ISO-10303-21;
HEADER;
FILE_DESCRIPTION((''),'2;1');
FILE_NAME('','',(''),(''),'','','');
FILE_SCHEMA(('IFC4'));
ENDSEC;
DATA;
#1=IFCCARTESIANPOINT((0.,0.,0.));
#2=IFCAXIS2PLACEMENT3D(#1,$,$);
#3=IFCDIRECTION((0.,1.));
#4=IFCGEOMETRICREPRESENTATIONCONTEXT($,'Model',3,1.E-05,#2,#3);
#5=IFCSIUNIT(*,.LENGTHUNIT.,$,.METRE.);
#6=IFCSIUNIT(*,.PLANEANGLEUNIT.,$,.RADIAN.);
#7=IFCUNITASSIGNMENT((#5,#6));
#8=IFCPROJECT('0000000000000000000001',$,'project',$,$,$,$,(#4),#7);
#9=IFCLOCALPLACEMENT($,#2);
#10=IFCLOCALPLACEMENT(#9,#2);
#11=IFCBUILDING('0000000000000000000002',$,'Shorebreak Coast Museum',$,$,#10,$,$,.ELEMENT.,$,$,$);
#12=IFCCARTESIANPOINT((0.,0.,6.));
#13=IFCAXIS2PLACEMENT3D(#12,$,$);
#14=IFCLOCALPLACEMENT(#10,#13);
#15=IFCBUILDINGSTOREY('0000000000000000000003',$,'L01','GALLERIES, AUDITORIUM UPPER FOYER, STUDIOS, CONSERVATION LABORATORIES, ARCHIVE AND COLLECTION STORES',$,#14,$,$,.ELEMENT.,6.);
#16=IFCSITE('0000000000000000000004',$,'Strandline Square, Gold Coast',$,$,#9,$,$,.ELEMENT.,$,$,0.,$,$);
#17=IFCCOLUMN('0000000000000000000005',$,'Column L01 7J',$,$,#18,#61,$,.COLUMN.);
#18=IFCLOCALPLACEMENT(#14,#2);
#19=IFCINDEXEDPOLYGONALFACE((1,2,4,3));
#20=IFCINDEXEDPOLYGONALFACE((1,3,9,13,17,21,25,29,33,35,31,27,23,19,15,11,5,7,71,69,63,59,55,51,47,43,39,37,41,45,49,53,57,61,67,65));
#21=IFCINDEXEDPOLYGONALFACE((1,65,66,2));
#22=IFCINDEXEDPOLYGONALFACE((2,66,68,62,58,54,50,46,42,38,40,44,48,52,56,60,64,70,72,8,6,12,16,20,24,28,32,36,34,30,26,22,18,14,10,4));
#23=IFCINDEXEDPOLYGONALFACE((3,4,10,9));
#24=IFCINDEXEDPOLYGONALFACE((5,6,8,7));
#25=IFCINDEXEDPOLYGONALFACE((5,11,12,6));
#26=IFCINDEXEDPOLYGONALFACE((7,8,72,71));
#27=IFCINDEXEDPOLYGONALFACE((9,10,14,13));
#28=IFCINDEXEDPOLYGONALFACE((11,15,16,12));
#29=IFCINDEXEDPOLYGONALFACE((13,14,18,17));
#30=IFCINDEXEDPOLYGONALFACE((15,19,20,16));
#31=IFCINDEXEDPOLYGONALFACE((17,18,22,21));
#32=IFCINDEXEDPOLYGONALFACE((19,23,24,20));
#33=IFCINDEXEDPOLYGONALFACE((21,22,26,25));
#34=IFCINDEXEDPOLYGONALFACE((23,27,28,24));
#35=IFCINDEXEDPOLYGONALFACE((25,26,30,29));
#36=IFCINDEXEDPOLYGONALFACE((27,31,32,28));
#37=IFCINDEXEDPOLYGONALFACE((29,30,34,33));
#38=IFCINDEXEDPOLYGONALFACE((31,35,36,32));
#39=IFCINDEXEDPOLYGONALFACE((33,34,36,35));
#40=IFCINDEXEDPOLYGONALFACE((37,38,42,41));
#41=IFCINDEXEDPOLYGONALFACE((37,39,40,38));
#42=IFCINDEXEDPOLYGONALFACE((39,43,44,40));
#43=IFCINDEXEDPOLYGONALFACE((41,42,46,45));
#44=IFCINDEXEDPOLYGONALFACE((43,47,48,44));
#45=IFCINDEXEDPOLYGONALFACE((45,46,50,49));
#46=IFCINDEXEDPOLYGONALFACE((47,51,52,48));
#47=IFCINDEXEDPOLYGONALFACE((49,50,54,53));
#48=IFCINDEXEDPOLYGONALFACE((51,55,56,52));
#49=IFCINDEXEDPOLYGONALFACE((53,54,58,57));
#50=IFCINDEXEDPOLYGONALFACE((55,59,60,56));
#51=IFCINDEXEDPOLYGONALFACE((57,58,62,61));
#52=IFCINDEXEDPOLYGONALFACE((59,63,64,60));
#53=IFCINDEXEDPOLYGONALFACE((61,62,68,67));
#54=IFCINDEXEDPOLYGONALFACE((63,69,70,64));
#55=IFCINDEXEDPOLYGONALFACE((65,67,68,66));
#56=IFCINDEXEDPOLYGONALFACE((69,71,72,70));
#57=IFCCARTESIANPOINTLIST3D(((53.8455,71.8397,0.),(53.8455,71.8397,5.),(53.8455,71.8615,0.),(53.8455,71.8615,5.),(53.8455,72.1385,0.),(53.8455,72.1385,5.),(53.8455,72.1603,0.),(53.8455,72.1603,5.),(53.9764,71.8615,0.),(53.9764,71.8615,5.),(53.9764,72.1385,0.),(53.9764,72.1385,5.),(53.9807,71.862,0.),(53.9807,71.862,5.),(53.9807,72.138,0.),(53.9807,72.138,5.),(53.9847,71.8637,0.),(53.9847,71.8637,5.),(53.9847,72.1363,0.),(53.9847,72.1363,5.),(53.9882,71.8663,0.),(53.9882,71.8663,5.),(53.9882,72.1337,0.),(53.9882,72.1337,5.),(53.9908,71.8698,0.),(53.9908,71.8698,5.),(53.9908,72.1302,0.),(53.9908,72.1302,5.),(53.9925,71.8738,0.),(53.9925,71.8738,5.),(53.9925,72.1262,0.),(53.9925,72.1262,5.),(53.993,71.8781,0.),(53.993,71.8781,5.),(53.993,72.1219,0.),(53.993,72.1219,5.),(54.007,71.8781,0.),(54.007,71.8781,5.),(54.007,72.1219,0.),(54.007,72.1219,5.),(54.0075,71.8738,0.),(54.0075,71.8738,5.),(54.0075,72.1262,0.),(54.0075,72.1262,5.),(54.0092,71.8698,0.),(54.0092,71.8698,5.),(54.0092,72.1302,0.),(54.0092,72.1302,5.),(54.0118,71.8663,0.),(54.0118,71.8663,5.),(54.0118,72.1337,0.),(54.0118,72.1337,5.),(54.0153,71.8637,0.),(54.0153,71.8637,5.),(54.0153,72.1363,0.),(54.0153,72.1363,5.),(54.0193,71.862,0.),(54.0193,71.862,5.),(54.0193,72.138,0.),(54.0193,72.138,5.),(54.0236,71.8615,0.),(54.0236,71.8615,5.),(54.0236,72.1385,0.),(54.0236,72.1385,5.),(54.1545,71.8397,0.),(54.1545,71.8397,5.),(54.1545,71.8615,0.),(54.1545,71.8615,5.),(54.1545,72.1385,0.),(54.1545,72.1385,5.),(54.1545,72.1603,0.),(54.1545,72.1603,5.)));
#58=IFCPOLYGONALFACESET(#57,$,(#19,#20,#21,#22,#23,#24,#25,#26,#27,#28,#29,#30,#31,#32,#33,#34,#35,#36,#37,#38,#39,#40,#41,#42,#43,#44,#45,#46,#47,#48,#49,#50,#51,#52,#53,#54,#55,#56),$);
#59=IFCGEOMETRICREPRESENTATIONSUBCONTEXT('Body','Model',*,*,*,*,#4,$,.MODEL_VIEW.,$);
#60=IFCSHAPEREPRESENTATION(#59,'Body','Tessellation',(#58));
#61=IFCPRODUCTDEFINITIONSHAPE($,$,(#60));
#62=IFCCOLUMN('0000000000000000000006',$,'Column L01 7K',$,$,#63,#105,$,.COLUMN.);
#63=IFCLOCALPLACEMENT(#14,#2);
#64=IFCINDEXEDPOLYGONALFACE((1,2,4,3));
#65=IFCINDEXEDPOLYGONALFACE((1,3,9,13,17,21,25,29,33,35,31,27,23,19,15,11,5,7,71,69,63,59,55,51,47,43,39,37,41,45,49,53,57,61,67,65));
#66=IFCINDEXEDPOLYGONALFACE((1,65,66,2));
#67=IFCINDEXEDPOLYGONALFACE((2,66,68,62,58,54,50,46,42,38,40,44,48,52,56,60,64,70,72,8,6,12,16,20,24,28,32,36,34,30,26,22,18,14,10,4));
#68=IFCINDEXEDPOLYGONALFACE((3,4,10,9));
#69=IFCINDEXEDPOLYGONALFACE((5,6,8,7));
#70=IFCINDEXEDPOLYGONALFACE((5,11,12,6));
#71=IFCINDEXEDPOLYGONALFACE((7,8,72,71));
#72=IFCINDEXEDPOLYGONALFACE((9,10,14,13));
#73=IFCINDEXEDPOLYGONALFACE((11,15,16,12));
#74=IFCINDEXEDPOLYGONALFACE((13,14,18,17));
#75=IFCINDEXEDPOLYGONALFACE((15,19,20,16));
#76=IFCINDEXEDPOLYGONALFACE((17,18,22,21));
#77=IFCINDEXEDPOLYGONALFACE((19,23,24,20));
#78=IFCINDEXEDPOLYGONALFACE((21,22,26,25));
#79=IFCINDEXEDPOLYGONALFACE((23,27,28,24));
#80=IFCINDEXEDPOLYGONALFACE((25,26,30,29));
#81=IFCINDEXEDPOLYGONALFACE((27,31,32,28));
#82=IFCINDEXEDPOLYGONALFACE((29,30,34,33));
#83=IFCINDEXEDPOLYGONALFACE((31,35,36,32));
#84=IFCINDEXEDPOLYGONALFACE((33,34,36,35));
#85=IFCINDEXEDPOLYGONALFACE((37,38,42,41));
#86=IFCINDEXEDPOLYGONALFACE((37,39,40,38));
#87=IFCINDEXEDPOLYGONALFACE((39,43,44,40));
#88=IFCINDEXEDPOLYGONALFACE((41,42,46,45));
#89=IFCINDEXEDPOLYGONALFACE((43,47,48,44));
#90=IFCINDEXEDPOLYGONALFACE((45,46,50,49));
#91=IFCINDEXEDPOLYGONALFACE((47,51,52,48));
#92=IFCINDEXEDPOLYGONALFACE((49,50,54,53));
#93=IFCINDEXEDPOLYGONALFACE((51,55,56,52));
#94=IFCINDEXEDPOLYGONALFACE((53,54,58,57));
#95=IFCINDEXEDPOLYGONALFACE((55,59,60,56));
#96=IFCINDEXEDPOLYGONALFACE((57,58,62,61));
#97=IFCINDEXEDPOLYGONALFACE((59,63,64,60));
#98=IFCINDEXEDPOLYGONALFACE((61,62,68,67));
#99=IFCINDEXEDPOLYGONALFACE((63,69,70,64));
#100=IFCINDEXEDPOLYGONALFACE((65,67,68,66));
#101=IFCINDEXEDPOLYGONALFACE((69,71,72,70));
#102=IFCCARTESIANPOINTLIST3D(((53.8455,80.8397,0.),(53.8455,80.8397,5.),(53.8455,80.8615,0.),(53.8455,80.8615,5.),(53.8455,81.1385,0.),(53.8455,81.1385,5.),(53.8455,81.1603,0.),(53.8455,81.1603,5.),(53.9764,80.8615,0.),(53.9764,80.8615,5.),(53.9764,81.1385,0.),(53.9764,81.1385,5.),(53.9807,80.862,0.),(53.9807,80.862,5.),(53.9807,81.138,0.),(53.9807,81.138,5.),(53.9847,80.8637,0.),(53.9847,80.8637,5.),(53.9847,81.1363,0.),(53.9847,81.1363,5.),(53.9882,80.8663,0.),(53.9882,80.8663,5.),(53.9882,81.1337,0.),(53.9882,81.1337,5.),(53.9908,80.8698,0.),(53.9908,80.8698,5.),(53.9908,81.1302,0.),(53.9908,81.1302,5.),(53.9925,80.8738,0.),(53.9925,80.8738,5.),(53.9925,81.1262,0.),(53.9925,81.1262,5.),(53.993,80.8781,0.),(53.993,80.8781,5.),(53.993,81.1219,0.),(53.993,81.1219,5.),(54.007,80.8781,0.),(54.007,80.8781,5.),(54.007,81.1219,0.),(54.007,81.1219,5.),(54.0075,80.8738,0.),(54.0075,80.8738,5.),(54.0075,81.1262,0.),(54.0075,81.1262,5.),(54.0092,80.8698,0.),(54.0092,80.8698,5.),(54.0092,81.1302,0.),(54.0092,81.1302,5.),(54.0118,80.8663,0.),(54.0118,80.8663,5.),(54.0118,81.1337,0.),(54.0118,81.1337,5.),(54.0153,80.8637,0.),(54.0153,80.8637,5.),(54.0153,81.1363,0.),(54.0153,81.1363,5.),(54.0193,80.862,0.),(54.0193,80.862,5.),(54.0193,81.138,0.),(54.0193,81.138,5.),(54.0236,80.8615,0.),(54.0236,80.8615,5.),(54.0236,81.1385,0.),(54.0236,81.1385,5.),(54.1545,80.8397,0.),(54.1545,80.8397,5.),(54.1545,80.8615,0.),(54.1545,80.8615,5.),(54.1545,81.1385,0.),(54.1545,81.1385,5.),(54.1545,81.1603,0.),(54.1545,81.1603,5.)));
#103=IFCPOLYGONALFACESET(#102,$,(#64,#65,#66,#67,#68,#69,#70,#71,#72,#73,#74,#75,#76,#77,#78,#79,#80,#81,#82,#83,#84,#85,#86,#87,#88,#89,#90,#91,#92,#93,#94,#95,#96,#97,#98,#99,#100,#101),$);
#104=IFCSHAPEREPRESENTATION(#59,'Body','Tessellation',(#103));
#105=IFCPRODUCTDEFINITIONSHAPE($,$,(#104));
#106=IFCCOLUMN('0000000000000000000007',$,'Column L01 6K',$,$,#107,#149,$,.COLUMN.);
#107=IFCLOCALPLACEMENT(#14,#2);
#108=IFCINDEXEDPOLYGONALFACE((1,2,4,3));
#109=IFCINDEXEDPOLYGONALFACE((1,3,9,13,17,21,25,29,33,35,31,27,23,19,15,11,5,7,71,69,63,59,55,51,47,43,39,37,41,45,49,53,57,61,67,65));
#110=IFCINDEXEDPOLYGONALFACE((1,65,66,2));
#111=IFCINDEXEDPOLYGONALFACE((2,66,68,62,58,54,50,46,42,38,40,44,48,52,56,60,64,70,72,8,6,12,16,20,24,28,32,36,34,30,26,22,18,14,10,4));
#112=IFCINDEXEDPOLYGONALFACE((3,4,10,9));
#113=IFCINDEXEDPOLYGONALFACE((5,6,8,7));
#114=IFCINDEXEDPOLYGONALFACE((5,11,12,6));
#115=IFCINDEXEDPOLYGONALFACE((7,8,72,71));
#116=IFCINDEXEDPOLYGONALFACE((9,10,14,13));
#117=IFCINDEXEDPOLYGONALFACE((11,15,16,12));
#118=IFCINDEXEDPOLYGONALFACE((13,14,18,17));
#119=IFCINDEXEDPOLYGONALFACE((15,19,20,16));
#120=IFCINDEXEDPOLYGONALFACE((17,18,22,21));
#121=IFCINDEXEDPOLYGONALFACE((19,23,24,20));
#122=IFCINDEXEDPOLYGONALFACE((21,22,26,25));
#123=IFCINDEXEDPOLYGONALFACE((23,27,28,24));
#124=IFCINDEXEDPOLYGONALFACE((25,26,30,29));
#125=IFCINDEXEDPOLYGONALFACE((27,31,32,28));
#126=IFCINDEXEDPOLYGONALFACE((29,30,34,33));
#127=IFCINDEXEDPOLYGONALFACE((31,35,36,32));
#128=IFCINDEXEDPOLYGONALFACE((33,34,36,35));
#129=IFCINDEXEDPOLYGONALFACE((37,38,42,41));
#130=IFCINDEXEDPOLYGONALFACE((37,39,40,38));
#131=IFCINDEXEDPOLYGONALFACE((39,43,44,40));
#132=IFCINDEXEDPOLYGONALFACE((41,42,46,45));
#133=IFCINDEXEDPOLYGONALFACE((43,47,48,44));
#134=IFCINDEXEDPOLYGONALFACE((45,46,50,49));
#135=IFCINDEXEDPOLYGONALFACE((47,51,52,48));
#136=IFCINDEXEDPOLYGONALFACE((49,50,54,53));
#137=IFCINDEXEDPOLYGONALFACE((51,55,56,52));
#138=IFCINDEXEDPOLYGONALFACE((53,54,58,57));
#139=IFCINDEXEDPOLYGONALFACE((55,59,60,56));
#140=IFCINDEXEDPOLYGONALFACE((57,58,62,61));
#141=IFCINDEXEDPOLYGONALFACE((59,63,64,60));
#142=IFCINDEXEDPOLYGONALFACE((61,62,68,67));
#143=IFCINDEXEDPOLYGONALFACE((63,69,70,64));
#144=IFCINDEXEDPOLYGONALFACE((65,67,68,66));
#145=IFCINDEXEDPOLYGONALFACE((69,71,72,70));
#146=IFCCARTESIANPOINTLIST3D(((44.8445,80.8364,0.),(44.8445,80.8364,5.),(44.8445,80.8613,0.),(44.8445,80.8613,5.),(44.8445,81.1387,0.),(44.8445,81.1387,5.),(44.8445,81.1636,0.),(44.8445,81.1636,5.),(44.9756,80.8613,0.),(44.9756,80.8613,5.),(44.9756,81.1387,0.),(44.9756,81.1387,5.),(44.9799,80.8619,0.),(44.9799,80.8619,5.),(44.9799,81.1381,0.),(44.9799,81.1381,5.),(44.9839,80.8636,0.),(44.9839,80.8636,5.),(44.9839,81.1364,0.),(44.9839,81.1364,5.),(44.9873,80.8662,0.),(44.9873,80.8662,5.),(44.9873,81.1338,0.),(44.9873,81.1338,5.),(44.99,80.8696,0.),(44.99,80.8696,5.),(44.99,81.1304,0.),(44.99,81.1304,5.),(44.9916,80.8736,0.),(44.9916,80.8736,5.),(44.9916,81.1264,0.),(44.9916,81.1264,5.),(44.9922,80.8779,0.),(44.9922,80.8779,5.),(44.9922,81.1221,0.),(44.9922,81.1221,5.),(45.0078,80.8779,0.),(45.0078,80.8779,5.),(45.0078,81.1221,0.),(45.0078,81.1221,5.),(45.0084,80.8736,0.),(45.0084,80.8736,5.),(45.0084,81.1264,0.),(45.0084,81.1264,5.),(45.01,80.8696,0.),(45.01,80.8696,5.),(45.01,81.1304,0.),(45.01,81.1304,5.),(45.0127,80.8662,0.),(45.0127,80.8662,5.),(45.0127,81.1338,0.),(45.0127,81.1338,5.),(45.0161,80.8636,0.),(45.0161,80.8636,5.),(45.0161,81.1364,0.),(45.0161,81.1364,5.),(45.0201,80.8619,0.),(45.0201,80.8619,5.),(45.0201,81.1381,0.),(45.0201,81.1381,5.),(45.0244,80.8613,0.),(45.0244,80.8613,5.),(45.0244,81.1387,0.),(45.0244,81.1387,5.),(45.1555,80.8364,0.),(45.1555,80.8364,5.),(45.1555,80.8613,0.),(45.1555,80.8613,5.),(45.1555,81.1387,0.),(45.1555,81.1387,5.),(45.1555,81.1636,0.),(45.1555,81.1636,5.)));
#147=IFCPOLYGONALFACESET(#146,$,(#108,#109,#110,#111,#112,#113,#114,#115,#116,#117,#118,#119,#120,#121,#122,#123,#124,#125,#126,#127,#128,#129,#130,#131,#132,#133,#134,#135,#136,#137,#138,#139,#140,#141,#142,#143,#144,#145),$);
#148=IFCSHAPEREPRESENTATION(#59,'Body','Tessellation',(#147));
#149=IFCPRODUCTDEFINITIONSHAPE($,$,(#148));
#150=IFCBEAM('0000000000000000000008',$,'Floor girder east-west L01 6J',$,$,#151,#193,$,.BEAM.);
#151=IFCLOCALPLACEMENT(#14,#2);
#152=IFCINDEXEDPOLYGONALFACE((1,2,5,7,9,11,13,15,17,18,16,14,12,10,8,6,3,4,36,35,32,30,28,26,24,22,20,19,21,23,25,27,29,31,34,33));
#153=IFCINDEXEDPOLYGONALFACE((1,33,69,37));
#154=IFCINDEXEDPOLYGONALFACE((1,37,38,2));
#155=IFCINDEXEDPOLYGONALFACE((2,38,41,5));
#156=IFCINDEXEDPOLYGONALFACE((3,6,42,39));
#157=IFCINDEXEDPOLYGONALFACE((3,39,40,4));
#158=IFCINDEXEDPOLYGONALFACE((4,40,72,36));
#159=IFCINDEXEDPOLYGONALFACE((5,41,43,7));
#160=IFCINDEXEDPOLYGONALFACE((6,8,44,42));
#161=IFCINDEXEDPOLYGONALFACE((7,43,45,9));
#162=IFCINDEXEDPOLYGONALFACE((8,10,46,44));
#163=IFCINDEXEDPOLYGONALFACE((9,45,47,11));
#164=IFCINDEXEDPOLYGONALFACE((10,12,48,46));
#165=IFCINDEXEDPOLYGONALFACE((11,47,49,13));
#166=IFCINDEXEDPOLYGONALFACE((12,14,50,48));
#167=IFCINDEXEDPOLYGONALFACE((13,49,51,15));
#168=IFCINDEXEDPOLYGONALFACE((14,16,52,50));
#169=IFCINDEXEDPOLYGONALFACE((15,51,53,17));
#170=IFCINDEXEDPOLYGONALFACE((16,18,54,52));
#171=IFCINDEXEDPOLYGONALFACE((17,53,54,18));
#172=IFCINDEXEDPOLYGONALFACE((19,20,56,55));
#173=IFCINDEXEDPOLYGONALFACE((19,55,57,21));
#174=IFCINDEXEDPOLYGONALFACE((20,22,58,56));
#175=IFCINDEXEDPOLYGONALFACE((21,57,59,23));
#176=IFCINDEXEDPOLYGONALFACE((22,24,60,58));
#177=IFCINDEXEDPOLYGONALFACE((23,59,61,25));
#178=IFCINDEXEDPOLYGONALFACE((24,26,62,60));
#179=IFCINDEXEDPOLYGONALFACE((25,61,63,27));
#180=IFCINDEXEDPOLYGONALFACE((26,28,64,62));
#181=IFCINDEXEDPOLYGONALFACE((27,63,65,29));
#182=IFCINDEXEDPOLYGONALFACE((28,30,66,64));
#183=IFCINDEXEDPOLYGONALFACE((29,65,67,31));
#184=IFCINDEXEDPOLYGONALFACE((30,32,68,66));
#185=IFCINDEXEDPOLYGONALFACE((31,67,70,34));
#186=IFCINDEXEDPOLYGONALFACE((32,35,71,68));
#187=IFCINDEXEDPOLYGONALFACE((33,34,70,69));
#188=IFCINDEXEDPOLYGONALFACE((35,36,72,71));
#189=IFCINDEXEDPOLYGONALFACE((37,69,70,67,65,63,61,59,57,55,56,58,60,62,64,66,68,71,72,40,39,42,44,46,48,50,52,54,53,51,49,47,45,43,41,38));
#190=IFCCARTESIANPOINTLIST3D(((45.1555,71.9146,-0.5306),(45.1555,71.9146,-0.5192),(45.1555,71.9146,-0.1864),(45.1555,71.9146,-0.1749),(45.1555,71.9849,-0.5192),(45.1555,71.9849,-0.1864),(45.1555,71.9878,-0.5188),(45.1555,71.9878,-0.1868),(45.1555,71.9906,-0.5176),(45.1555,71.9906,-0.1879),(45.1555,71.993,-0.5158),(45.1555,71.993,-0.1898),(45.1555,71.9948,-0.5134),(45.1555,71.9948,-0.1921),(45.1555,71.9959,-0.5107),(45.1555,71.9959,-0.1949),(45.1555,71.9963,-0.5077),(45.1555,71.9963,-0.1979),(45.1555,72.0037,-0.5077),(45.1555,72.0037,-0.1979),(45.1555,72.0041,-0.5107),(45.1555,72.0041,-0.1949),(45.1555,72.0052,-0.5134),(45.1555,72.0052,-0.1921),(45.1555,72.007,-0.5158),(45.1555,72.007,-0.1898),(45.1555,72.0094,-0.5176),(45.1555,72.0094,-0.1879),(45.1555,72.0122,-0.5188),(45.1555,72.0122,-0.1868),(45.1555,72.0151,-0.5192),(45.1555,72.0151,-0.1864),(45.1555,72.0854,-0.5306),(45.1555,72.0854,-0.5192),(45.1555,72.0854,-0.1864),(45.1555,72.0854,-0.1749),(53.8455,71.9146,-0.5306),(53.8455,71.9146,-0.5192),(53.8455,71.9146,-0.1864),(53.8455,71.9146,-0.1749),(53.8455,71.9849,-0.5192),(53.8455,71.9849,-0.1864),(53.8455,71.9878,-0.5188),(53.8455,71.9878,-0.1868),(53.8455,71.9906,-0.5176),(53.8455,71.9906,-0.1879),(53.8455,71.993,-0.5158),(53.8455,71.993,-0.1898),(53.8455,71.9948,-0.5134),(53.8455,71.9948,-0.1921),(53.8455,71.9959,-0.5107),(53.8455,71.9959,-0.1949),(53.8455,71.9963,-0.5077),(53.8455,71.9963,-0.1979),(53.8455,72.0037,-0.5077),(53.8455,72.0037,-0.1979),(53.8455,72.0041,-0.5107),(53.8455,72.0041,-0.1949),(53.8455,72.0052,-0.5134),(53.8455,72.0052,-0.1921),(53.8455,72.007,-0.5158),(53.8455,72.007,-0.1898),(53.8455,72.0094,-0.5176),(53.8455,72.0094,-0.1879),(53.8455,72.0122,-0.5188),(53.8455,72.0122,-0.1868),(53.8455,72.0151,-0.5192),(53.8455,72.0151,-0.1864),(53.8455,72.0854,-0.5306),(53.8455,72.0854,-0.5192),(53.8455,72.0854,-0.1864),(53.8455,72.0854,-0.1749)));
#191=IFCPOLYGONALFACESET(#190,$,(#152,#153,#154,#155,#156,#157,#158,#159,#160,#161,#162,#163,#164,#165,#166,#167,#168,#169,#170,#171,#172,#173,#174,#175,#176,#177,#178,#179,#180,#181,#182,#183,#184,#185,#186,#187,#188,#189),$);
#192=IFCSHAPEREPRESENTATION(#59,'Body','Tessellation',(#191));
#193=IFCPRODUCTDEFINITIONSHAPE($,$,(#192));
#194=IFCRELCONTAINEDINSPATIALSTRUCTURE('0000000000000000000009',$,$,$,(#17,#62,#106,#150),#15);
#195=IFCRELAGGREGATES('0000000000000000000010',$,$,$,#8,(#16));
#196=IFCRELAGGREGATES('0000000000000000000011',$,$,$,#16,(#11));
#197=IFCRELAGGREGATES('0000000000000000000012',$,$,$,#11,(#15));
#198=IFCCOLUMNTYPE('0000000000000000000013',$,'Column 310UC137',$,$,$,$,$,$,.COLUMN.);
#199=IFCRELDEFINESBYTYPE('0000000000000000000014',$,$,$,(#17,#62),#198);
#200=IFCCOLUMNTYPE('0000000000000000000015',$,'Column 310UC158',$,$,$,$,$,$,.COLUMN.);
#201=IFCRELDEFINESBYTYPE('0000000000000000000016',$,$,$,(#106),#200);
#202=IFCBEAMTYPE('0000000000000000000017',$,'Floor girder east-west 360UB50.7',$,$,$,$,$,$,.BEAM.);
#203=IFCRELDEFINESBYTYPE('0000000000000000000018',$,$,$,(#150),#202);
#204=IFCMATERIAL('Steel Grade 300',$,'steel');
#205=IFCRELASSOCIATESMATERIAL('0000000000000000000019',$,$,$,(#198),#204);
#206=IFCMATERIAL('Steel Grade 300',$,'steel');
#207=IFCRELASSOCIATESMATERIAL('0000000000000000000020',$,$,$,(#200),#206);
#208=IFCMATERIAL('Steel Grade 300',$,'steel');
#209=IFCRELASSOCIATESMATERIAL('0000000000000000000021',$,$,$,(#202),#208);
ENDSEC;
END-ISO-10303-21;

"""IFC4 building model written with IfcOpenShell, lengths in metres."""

from ifc_helpers import new_model, si_unit, direction, frame, origin, origin_2d, place, context, subcontext, project, spatial, i_section, extrude, material, material_profile, profile_set, type_object, element, save


model = new_model("IFC4")

# Units and contexts
model_context = context("Model", 3, precision=1e-05, world=origin(), true_north=direction((0.0, 1.0)))
body_context = subcontext(model_context, "Body", "Model", "MODEL_VIEW")
ifc_project = project(units=[si_unit("LENGTHUNIT", "METRE"), si_unit("PLANEANGLEUNIT", "RADIAN")], contexts=[model_context])

# Site, building, storey
site_placement = place(None, origin())
site = spatial("IfcSite", under=ifc_project, at=site_placement, Name="Strandline Square, Gold Coast", CompositionType="ELEMENT", RefElevation=0.0)
building_placement = place(site_placement, origin())
building = spatial("IfcBuilding", under=site, at=building_placement, Name="Shorebreak Coast Museum", CompositionType="ELEMENT")
storey_placement = place(building_placement, frame((0.0, 0.0, 6.0)))
storey = spatial("IfcBuildingStorey", under=building, at=storey_placement, Name="L01", Description="GALLERIES, AUDITORIUM UPPER FOYER, STUDIOS, CONSERVATION LABORATORIES, ARCHIVE AND COLLECTION STORES", CompositionType="ELEMENT", Elevation=6.0)

# Columns
ifc_material_1 = material(Name="Steel Grade 300", Category="steel")
ifc_material_profile_1 = material_profile(ifc_material_1, i_section(OverallWidth=0.3091, OverallDepth=0.3206, WebThickness=0.0139, FlangeThickness=0.0217, FilletRadius=0.0166, at=origin_2d()), Name="310UC137")
ifc_profile_set_1 = profile_set([ifc_material_profile_1], Name="Steel Grade 300")
column_type_1 = type_object("IfcColumnType", Name="Column 310UC137", PredefinedType="COLUMN", material=ifc_profile_set_1)
for number, where, z_axis, x_axis, name in (
    (1, (54.0, 72.0, 0.0), (0.0, 0.0, 1.0), (1.0, 0.0, 0.0), "Column L01 7J"),
    (2, (54.0, 81.0, 0.0), (0.0, 0.0, 1.0), (1.0, 0.0, 0.0), "Column L01 7K"),
):
    element("IfcColumn", number, at=place(storey_placement, frame(where, z_axis=z_axis, x_axis=x_axis)), inside=storey, type_object=column_type_1, Name=name, PredefinedType="COLUMN", context=body_context, shape_type="SweptSolid", body=[
        extrude(i_section(OverallWidth=0.3091, OverallDepth=0.3206, WebThickness=0.0139, FlangeThickness=0.0217, FilletRadius=0.0166, at=origin_2d()), origin(), (0.0, 0.0, 1.0), 5.0),
    ])
ifc_material_2 = material(Name="Steel Grade 300", Category="steel")
ifc_material_profile_2 = material_profile(ifc_material_2, i_section(OverallWidth=0.311, OverallDepth=0.3271, WebThickness=0.0156, FlangeThickness=0.0249, FilletRadius=0.0166, at=origin_2d()), Name="310UC158")
ifc_profile_set_2 = profile_set([ifc_material_profile_2], Name="Steel Grade 300")
column_type_2 = type_object("IfcColumnType", Name="Column 310UC158", PredefinedType="COLUMN", material=ifc_profile_set_2)
column_placement = place(storey_placement, frame((45.0, 81.0, 0.0), z_axis=(0.0, 0.0, 1.0), x_axis=(1.0, 0.0, 0.0)))
element("IfcColumn", 3, at=column_placement, inside=storey, type_object=column_type_2, Name="Column L01 6K", PredefinedType="COLUMN", context=body_context, shape_type="SweptSolid", body=[
    extrude(i_section(OverallWidth=0.311, OverallDepth=0.3271, WebThickness=0.0156, FlangeThickness=0.0249, FilletRadius=0.0166, at=origin_2d()), origin(), (0.0, 0.0, 1.0), 5.0),
])

# Beam
ifc_material_3 = material(Name="Steel Grade 300", Category="steel")
ifc_material_profile_3 = material_profile(ifc_material_3, i_section(OverallWidth=0.1709, OverallDepth=0.3557, WebThickness=0.0073, FlangeThickness=0.0115, FilletRadius=0.0115, at=origin_2d()), Name="360UB50.7")
ifc_profile_set_3 = profile_set([ifc_material_profile_3], Name="Steel Grade 300")
beam_type_1 = type_object("IfcBeamType", Name="Floor girder east-west 360UB50.7", PredefinedType="BEAM", material=ifc_profile_set_3)
for number, where, z_axis, x_axis, name in (
    (4, (45.1555, 72.0, -0.3528), (1.0, 0.0, 0.0), (0.0, 1.0, 0.0), "Floor girder east-west L01 6J"),
):
    element("IfcBeam", number, at=place(storey_placement, frame(where, z_axis=z_axis, x_axis=x_axis)), inside=storey, type_object=beam_type_1, Name=name, PredefinedType="BEAM", context=body_context, shape_type="SweptSolid", body=[
        extrude(i_section(OverallWidth=0.1709, OverallDepth=0.3557, WebThickness=0.0073, FlangeThickness=0.0115, FilletRadius=0.0115, at=origin_2d()), origin(), (0.0, 0.0, 1.0), 8.6899),
    ])

save(model, "model.ifc")
